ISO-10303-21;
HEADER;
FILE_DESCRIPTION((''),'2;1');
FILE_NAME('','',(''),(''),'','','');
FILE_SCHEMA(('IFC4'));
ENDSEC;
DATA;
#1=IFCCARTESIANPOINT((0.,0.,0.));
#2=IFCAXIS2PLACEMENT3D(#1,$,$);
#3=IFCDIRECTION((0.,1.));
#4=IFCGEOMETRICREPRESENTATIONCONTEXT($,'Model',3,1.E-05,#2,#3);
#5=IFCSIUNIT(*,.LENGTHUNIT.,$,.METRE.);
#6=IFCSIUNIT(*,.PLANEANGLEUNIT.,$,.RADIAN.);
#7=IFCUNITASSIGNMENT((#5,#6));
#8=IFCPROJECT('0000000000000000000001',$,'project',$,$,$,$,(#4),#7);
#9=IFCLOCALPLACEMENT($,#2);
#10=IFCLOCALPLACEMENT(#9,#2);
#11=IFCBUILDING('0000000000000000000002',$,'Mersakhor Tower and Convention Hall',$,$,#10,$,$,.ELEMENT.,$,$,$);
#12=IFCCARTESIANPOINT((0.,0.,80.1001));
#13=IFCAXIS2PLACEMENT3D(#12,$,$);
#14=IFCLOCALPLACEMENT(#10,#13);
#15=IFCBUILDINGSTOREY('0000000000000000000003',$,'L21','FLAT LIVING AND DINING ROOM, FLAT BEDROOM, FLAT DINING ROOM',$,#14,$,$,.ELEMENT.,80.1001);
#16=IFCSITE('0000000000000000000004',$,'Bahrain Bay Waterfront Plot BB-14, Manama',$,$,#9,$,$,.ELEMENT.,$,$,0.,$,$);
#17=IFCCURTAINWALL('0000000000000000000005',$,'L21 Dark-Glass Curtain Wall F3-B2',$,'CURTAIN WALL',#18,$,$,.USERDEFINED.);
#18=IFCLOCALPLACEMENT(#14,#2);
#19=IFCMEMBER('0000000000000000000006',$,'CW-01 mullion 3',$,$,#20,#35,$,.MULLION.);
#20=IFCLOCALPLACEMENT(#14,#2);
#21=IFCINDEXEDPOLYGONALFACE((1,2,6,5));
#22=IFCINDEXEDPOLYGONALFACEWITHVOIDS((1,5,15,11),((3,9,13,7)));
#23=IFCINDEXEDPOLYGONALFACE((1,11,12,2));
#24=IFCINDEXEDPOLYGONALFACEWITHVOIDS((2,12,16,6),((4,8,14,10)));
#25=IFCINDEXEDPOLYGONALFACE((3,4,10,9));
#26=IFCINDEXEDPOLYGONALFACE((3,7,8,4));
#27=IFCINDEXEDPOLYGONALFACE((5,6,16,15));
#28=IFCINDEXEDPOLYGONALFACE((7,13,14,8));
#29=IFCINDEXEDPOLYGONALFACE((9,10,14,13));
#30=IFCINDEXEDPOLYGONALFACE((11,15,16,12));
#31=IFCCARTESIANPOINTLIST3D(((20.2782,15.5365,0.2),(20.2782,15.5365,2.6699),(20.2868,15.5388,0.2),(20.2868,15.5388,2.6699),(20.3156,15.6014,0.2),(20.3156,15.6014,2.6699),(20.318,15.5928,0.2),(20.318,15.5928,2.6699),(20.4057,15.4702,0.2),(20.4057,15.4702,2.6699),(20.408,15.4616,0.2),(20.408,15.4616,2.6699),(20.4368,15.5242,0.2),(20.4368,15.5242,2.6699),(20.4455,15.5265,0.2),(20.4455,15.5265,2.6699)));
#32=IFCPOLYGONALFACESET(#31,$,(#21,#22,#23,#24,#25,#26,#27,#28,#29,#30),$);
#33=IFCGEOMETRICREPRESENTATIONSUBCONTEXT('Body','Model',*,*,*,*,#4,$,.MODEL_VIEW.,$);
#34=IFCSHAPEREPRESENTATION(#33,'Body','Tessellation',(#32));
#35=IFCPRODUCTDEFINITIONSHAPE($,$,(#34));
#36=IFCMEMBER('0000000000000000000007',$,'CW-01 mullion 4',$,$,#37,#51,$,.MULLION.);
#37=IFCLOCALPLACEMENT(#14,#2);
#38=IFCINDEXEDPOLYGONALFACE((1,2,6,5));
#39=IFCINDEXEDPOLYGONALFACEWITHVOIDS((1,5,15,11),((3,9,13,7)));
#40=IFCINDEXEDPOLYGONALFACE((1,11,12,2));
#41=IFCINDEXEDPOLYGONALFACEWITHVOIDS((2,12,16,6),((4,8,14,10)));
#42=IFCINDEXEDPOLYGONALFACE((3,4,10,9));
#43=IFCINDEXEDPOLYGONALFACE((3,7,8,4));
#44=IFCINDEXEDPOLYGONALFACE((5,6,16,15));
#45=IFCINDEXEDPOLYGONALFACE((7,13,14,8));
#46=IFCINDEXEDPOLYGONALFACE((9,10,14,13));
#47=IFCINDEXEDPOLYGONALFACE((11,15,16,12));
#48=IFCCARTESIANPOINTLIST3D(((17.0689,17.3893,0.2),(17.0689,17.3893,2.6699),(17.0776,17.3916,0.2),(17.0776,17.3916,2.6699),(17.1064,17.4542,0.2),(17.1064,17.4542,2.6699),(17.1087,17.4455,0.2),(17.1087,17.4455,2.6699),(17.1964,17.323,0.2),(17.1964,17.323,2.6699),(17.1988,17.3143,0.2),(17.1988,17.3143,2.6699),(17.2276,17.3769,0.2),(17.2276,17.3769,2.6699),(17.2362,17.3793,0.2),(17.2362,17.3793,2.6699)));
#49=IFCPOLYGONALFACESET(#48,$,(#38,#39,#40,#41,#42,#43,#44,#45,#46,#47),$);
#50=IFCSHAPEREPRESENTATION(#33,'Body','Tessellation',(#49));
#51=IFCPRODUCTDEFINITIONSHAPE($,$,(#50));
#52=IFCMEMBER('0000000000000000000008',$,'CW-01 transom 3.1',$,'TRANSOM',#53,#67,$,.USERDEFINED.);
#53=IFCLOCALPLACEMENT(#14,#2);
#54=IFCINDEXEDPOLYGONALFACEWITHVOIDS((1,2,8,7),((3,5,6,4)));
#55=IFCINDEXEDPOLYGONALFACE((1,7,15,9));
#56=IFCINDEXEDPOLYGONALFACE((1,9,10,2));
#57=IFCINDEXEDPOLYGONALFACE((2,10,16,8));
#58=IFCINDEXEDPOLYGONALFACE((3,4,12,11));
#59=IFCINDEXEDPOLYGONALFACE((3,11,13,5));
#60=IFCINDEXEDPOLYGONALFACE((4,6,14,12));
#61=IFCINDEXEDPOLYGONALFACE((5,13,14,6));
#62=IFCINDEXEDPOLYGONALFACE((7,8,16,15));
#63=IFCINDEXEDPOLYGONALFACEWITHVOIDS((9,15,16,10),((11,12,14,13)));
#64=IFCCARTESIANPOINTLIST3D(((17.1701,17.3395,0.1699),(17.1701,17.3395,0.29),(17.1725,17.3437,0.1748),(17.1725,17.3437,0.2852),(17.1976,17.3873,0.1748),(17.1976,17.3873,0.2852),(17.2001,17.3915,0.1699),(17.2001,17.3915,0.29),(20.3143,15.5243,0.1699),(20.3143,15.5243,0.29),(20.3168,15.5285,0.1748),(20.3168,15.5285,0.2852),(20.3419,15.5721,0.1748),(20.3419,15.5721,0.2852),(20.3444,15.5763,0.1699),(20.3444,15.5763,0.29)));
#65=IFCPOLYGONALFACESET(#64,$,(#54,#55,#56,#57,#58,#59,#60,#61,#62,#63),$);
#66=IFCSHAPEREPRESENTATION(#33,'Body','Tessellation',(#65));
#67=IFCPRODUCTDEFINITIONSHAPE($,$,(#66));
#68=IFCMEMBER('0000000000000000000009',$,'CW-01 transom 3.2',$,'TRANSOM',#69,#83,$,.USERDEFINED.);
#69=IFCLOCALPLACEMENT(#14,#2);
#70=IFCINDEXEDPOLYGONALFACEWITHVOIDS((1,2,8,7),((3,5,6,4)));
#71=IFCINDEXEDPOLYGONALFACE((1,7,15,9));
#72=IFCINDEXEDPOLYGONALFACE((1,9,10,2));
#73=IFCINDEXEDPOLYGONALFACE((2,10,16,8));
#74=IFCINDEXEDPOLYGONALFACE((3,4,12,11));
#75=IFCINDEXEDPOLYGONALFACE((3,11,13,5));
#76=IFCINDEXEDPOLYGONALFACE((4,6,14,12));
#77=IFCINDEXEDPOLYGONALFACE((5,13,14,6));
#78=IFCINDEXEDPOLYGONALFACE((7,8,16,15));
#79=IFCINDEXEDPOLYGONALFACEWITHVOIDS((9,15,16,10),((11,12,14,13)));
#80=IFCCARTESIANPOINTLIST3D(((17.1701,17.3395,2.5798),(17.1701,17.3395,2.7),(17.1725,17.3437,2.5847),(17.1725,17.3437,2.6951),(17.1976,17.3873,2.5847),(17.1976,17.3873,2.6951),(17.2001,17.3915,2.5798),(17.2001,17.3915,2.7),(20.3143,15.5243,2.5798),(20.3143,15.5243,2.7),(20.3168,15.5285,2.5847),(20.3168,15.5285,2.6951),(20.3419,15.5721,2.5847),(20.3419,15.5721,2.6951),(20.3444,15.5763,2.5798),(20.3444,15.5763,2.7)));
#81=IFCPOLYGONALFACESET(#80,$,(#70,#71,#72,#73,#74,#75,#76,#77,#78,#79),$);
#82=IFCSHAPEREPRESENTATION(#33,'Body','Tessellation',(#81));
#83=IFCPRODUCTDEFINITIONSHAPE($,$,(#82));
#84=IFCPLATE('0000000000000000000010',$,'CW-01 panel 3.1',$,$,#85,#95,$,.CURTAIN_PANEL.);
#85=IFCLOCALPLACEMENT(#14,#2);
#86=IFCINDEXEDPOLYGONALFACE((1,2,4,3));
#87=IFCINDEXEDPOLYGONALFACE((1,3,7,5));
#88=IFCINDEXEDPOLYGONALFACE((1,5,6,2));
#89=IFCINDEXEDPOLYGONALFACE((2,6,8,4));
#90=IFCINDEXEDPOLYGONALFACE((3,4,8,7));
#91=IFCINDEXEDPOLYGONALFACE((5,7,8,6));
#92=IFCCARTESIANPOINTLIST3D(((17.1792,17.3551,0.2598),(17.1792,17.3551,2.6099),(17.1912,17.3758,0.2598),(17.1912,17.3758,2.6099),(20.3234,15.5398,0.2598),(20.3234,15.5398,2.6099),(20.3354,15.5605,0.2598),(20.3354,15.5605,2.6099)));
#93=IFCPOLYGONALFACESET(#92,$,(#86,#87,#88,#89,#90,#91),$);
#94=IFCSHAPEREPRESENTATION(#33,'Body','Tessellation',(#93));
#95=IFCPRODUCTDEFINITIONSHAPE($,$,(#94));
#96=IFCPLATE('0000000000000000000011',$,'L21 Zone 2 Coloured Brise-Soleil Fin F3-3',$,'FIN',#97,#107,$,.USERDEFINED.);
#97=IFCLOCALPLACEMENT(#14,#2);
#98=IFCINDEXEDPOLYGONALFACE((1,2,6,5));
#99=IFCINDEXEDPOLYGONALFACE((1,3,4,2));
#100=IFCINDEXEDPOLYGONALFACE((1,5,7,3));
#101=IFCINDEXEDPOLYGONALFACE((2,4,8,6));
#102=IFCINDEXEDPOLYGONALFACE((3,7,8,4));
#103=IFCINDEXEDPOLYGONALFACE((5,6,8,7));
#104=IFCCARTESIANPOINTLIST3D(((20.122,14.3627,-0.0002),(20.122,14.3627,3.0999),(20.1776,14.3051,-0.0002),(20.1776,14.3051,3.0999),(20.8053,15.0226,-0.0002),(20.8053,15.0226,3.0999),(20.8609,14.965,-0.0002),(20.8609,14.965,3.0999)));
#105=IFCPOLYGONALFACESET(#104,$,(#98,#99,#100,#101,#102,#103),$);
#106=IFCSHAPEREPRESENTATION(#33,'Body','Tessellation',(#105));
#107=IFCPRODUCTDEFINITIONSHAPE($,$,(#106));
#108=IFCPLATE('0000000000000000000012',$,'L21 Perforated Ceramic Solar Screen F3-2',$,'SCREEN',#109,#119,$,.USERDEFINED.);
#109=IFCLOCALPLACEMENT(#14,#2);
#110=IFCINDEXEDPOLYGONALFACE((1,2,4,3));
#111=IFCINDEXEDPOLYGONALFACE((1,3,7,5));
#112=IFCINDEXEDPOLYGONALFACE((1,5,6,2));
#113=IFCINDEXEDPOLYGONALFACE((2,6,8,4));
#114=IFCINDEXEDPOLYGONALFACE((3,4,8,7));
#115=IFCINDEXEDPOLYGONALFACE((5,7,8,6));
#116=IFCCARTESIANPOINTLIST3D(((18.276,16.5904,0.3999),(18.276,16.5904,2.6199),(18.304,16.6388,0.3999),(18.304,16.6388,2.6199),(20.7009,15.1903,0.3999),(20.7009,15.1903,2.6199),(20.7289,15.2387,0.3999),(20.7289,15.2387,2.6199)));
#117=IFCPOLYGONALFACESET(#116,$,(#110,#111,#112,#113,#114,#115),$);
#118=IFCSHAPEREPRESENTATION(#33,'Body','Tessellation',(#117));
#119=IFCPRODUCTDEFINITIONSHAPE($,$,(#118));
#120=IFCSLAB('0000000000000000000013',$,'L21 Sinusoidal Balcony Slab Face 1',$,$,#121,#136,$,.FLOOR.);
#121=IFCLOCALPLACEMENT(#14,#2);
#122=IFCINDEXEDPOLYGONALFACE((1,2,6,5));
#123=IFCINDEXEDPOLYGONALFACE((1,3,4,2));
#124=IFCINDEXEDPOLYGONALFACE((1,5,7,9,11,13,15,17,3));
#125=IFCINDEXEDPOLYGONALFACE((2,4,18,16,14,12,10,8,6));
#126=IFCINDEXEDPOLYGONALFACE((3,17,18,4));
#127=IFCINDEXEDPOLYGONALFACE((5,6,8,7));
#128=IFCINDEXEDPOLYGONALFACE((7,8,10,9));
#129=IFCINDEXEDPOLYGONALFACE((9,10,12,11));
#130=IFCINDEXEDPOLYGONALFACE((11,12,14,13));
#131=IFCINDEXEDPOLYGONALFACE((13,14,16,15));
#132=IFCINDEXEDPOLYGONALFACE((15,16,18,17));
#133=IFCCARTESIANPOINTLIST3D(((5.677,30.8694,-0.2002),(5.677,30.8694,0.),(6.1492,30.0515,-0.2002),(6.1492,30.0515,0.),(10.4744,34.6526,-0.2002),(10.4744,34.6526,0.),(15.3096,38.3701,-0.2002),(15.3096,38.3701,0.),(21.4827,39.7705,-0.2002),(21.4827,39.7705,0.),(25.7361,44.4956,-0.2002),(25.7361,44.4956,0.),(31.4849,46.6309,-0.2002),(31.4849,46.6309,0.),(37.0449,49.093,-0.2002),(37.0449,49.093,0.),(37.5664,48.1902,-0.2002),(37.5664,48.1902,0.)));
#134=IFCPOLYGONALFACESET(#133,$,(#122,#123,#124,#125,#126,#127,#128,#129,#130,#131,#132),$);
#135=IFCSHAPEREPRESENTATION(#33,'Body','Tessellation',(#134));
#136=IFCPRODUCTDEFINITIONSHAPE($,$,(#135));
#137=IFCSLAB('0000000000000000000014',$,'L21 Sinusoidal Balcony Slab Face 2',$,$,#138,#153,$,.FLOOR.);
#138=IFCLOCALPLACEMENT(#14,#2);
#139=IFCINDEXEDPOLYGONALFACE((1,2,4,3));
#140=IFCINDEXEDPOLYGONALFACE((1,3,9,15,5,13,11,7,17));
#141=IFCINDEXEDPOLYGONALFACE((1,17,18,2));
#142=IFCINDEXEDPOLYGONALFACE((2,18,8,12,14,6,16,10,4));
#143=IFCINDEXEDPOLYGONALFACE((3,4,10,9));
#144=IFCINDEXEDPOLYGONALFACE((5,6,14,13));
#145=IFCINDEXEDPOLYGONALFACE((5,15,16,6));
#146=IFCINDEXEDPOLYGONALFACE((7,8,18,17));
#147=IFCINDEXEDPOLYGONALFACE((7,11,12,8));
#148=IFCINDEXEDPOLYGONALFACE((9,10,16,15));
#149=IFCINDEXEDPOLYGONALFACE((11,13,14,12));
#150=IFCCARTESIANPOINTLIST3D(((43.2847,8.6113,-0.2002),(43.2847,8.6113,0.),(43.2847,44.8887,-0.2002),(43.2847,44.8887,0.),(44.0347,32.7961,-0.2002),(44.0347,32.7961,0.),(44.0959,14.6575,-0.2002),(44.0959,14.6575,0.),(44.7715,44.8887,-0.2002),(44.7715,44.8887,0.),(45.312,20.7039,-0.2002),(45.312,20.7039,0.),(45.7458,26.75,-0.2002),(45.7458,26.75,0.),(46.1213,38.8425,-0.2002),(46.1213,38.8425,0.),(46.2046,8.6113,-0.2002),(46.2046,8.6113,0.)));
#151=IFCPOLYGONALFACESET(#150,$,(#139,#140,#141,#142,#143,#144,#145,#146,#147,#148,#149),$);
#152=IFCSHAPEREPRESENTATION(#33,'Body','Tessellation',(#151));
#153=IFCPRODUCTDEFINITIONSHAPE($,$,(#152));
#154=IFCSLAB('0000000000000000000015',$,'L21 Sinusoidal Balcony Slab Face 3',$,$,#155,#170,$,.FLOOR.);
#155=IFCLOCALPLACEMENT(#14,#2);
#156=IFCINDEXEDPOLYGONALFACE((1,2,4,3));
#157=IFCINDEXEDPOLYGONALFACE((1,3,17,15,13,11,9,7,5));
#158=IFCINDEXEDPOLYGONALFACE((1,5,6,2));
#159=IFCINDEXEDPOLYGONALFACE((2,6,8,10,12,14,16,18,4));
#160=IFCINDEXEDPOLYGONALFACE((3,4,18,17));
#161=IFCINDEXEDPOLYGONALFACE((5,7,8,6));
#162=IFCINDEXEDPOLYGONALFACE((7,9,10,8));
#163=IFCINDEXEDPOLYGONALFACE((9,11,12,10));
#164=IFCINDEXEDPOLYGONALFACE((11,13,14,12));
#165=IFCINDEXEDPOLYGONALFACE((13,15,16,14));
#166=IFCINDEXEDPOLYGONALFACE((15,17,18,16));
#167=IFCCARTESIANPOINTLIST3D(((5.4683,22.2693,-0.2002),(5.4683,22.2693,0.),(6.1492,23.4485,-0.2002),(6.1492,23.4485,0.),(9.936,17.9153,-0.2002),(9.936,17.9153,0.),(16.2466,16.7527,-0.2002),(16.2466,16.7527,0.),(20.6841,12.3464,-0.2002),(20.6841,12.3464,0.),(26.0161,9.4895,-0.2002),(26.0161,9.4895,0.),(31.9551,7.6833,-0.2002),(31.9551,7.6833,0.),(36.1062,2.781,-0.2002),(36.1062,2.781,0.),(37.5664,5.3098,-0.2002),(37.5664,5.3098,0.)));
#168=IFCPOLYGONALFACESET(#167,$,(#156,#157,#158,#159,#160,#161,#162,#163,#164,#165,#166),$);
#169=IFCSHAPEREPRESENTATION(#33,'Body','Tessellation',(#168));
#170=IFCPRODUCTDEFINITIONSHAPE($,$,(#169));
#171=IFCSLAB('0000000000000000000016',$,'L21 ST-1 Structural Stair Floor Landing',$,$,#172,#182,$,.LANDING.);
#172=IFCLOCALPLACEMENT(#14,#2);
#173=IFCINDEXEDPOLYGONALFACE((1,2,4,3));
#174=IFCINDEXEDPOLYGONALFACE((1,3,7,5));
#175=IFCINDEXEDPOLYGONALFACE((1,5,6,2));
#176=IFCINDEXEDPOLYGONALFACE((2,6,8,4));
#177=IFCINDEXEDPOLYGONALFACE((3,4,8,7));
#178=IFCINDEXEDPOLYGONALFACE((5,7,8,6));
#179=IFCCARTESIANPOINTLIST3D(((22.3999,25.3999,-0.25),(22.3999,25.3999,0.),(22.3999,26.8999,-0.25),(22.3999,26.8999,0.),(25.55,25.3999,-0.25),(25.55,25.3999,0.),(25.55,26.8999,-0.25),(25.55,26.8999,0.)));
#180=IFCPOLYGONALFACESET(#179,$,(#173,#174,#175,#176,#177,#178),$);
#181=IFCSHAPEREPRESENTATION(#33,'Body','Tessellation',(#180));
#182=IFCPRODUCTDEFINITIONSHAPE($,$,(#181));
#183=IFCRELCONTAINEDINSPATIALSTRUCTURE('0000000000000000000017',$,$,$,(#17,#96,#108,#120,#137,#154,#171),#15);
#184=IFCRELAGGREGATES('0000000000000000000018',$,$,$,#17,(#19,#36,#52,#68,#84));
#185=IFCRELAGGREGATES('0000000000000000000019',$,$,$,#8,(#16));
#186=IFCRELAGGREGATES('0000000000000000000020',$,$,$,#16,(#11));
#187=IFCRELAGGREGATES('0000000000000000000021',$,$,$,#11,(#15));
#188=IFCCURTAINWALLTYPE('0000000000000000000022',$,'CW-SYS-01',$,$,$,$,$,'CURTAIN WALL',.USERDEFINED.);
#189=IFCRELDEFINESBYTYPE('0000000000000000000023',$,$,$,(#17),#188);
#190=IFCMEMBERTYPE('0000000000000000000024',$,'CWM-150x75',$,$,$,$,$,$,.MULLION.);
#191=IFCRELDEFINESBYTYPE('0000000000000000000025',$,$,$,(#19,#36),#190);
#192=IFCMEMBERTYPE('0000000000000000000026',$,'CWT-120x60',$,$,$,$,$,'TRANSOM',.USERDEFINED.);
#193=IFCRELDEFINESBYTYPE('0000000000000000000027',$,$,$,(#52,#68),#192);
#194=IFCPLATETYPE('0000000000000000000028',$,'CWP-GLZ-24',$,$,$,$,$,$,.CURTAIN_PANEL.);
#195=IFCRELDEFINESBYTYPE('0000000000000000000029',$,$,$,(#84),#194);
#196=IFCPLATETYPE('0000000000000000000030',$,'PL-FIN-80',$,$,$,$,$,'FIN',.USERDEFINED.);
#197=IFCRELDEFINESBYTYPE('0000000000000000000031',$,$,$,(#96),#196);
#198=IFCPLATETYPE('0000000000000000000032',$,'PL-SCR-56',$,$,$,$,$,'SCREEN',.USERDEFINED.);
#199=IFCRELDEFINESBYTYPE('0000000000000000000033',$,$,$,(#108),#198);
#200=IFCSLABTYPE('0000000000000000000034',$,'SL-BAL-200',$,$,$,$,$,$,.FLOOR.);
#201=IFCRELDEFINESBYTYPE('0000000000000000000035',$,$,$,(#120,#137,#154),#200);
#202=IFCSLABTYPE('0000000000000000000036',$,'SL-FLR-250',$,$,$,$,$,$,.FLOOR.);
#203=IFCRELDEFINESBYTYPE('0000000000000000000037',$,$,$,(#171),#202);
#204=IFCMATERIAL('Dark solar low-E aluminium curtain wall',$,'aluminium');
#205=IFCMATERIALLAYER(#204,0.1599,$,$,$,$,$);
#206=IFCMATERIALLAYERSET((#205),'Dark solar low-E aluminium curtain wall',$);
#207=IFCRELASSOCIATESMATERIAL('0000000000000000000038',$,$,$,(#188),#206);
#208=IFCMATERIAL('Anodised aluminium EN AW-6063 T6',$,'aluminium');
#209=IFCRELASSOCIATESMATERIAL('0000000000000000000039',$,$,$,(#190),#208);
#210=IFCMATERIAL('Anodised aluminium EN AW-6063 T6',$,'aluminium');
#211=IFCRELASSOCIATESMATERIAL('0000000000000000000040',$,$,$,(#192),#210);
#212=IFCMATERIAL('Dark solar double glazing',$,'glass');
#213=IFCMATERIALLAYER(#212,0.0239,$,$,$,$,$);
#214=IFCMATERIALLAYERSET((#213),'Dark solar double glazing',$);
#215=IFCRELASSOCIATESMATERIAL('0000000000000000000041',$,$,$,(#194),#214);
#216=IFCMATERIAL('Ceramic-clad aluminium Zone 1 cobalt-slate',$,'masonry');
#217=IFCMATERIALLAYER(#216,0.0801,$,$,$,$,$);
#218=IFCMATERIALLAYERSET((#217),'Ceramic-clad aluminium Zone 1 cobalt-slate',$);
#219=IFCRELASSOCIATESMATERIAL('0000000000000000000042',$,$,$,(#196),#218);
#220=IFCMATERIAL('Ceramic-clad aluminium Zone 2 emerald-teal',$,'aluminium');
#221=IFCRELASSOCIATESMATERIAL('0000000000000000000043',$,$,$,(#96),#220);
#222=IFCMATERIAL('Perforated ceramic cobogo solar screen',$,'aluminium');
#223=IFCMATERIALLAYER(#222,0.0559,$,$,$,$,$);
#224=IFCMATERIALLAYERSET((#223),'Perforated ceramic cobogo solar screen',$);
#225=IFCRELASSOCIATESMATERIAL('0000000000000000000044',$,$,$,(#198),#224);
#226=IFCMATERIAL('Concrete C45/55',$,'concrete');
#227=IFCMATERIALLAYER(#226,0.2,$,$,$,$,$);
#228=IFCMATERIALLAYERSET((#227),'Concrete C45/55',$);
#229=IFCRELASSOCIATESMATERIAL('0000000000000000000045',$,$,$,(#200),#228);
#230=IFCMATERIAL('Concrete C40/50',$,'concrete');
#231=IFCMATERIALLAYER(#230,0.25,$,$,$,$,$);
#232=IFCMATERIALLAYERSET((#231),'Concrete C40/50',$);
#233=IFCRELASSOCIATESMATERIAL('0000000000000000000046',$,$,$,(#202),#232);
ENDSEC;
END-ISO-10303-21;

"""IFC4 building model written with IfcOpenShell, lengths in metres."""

from ifc_helpers import new_model, si_unit, direction, frame, origin, origin_2d, place, context, subcontext, project, spatial, polyline, rectangle, hollow_rectangle, outline, extrude, material, layer, layer_set, material_profile, profile_set, type_object, element, aggregate, save


model = new_model("IFC4")

# Units and contexts
model_context = context("Model", 3, precision=1e-05, world=origin(), true_north=direction((0.0, 1.0)))
body_context = subcontext(model_context, "Body", "Model", "MODEL_VIEW")
ifc_project = project(units=[si_unit("LENGTHUNIT", "METRE"), si_unit("PLANEANGLEUNIT", "RADIAN")], contexts=[model_context])

# Site, building, storey
site_placement = place(None, origin())
site = spatial("IfcSite", under=ifc_project, at=site_placement, Name="Bahrain Bay Waterfront Plot BB-14, Manama", CompositionType="ELEMENT", RefElevation=0.0)
building_placement = place(site_placement, origin())
building = spatial("IfcBuilding", under=site, at=building_placement, Name="Mersakhor Tower and Convention Hall", CompositionType="ELEMENT")
storey_placement = place(building_placement, frame((0.0, 0.0, 80.1001)))
storey = spatial("IfcBuildingStorey", under=building, at=storey_placement, Name="L21", Description="FLAT LIVING AND DINING ROOM, FLAT BEDROOM, FLAT DINING ROOM", CompositionType="ELEMENT", Elevation=80.1001)

# Curtain wall, members, plate
ifc_material_1 = material(Name="Dark solar low-E aluminium curtain wall", Category="aluminium")
ifc_layer_1 = layer(ifc_material_1, 0.1599)
ifc_layer_set_1 = layer_set([ifc_layer_1], Name="Dark solar low-E aluminium curtain wall")
curtain_wall_type = type_object("IfcCurtainWallType", Name="CW-SYS-01", ElementType="CURTAIN WALL", PredefinedType="USERDEFINED", material=ifc_layer_set_1)
curtain_wall_placement = place(storey_placement, origin())
curtain_wall = element("IfcCurtainWall", 1, at=curtain_wall_placement, inside=storey, type_object=curtain_wall_type, Name="L21 Dark-Glass Curtain Wall F3-B2", ObjectType="CURTAIN WALL", PredefinedType="USERDEFINED")
ifc_material_2 = material(Name="Anodised aluminium EN AW-6063 T6", Category="aluminium")
ifc_material_profile_1 = material_profile(ifc_material_2, hollow_rectangle(XDim=0.075, YDim=0.1499, WallThickness=0.0063, at=origin_2d()), Name="RHS 150x75x6.3")
ifc_profile_set_1 = profile_set([ifc_material_profile_1], Name="Anodised aluminium EN AW-6063 T6")
member_type_1 = type_object("IfcMemberType", Name="CWM-150x75", PredefinedType="MULLION", material=ifc_profile_set_1)
member_1_placement = place(storey_placement, frame((20.3618, 15.5315, 0.2), z_axis=(0.0, 0.0, 1.0), x_axis=(-0.499998, -0.866027, 0.0)))
member_1 = element("IfcMember", 2, at=member_1_placement, type_object=member_type_1, Name="CW-01 mullion 3", PredefinedType="MULLION", context=body_context, shape_type="SweptSolid", body=[
    extrude(hollow_rectangle(XDim=0.075, YDim=0.1499, WallThickness=0.0063, at=origin_2d()), origin(), (0.0, 0.0, 1.0), 2.47),
])
member_2_placement = place(storey_placement, frame((17.1526, 17.3843, 0.2), z_axis=(0.0, 0.0, 1.0), x_axis=(-0.499998, -0.866027, 0.0)))
member_2 = element("IfcMember", 3, at=member_2_placement, type_object=member_type_1, Name="CW-01 mullion 4", PredefinedType="MULLION", context=body_context, shape_type="SweptSolid", body=[
    extrude(hollow_rectangle(XDim=0.075, YDim=0.1499, WallThickness=0.0063, at=origin_2d()), origin(), (0.0, 0.0, 1.0), 2.47),
])
ifc_material_3 = material(Name="Anodised aluminium EN AW-6063 T6", Category="aluminium")
ifc_material_profile_2 = material_profile(ifc_material_3, hollow_rectangle(XDim=0.0601, YDim=0.1201, WallThickness=0.0049, at=origin_2d()), Name="RHS 120x60x5")
ifc_profile_set_2 = profile_set([ifc_material_profile_2], Name="Anodised aluminium EN AW-6063 T6")
member_type_2 = type_object("IfcMemberType", Name="CWT-120x60", ElementType="TRANSOM", PredefinedType="USERDEFINED", material=ifc_profile_set_2)
member_3_placement = place(storey_placement, frame((20.3293, 15.5503, 0.23), z_axis=(-0.866046, 0.499965, 0.0), x_axis=(-0.499965, -0.866046, 0.0)))
member_3 = element("IfcMember", 4, at=member_3_placement, type_object=member_type_2, Name="CW-01 transom 3.1", ObjectType="TRANSOM", PredefinedType="USERDEFINED", context=body_context, shape_type="SweptSolid", body=[
    extrude(hollow_rectangle(XDim=0.0601, YDim=0.1201, WallThickness=0.0049, at=origin_2d()), origin(), (0.0, 0.0, 1.0), 3.6306),
])
member_4_placement = place(storey_placement, frame((20.3293, 15.5503, 2.6399), z_axis=(-0.866046, 0.499965, 0.0), x_axis=(-0.499965, -0.866046, 0.0)))
member_4 = element("IfcMember", 5, at=member_4_placement, type_object=member_type_2, Name="CW-01 transom 3.2", ObjectType="TRANSOM", PredefinedType="USERDEFINED", context=body_context, shape_type="SweptSolid", body=[
    extrude(hollow_rectangle(XDim=0.0601, YDim=0.1201, WallThickness=0.0049, at=origin_2d()), origin(), (0.0, 0.0, 1.0), 3.6306),
])
ifc_material_4 = material(Name="Dark solar double glazing", Category="glass")
ifc_layer_2 = layer(ifc_material_4, 0.0239)
ifc_layer_set_2 = layer_set([ifc_layer_2], Name="Dark solar double glazing")
plate_type_1 = type_object("IfcPlateType", Name="CWP-GLZ-24", PredefinedType="CURTAIN_PANEL", material=ifc_layer_set_2)
plate_1_placement = place(storey_placement, frame((18.7573, 16.4578, 0.2598), z_axis=(0.0, 0.0, 1.0), x_axis=(-0.866027, 0.499998, 0.0)))
plate_1 = element("IfcPlate", 6, at=plate_1_placement, type_object=plate_type_1, Name="CW-01 panel 3.1", PredefinedType="CURTAIN_PANEL", context=body_context, shape_type="SweptSolid", body=[
    extrude(rectangle(XDim=3.6306, YDim=0.0239, at=origin_2d()), origin(), (0.0, 0.0, 1.0), 2.3501),
])
aggregate(curtain_wall, [member_1, member_2, member_3, member_4, plate_1])

# Plates
ifc_material_5 = material(Name="Ceramic-clad aluminium Zone 2 emerald-teal", Category="aluminium")
ifc_material_6 = material(Name="Ceramic-clad aluminium Zone 1 cobalt-slate", Category="masonry")
ifc_layer_3 = layer(ifc_material_6, 0.0801)
ifc_layer_set_3 = layer_set([ifc_layer_3], Name="Ceramic-clad aluminium Zone 1 cobalt-slate")
plate_type_2 = type_object("IfcPlateType", Name="PL-FIN-80", ElementType="FIN", PredefinedType="USERDEFINED", material=ifc_layer_set_3)
plate_2_placement = place(storey_placement, frame((20.4915, 14.6638, -0.0002), z_axis=(0.0, 0.0, 1.0), x_axis=(-0.71934, -0.694658, 0.0)))
element("IfcPlate", 7, at=plate_2_placement, inside=storey, type_object=plate_type_2, material=ifc_material_5, Name="L21 Zone 2 Coloured Brise-Soleil Fin F3-3", ObjectType="FIN", PredefinedType="USERDEFINED", context=body_context, shape_type="SweptSolid", body=[
    extrude(rectangle(XDim=0.95, YDim=0.0801, at=origin_2d()), origin(), (0.0, 0.0, 1.0), 3.1001),
])
ifc_material_7 = material(Name="Perforated ceramic cobogo solar screen", Category="aluminium")
ifc_layer_4 = layer(ifc_material_7, 0.0559)
ifc_layer_set_4 = layer_set([ifc_layer_4], Name="Perforated ceramic cobogo solar screen")
plate_type_3 = type_object("IfcPlateType", Name="PL-SCR-56", ElementType="SCREEN", PredefinedType="USERDEFINED", material=ifc_layer_set_4)
plate_3_placement = place(storey_placement, frame((19.5024, 15.9146, 0.3999), z_axis=(0.0, 0.0, 1.0), x_axis=(-0.866025, 0.5, 0.0)))
element("IfcPlate", 8, at=plate_3_placement, inside=storey, type_object=plate_type_3, Name="L21 Perforated Ceramic Solar Screen F3-2", ObjectType="SCREEN", PredefinedType="USERDEFINED", context=body_context, shape_type="SweptSolid", body=[
    extrude(rectangle(XDim=2.8, YDim=0.0559, at=origin_2d()), origin(), (0.0, 0.0, 1.0), 2.22),
])

# Slabs
ifc_material_8 = material(Name="Concrete C45/55", Category="concrete")
ifc_layer_5 = layer(ifc_material_8, 0.2)
ifc_layer_set_5 = layer_set([ifc_layer_5], Name="Concrete C45/55")
slab_type_1 = type_object("IfcSlabType", Name="SL-BAL-200", PredefinedType="FLOOR", material=ifc_layer_set_5)
slab_1_placement = place(storey_placement, frame((0.0, 0.0, -0.2002)))
element("IfcSlab", 9, at=slab_1_placement, inside=storey, type_object=slab_type_1, Name="L21 Sinusoidal Balcony Slab Face 1", PredefinedType="FLOOR", context=body_context, shape_type="SweptSolid", body=[
    extrude(outline(polyline([(6.1492, 30.0515), (37.5664, 48.1902), (37.0449, 49.093), (31.4849, 46.6309), (25.7361, 44.4956), (21.4827, 39.7705), (15.3096, 38.3701), (10.4744, 34.6526), (5.677, 30.8694), (6.1492, 30.0515)])), origin(), (0.0, 0.0, 1.0), 0.2002),
])
slab_2_placement = place(storey_placement, frame((0.0, 0.0, -0.2002)))
element("IfcSlab", 10, at=slab_2_placement, inside=storey, type_object=slab_type_1, Name="L21 Sinusoidal Balcony Slab Face 2", PredefinedType="FLOOR", context=body_context, shape_type="SweptSolid", body=[
    extrude(outline(polyline([(43.2847, 44.8887), (43.2847, 8.6113), (46.2046, 8.6113), (44.0959, 14.6575), (45.312, 20.7039), (45.7458, 26.75), (44.0347, 32.7961), (46.1213, 38.8425), (44.7715, 44.8887), (43.2847, 44.8887)])), origin(), (0.0, 0.0, 1.0), 0.2002),
])
slab_3_placement = place(storey_placement, frame((0.0, 0.0, -0.2002)))
element("IfcSlab", 11, at=slab_3_placement, inside=storey, type_object=slab_type_1, Name="L21 Sinusoidal Balcony Slab Face 3", PredefinedType="FLOOR", context=body_context, shape_type="SweptSolid", body=[
    extrude(outline(polyline([(37.5664, 5.3098), (6.1492, 23.4485), (5.4683, 22.2693), (9.936, 17.9153), (16.2466, 16.7527), (20.6841, 12.3464), (26.0161, 9.4895), (31.9551, 7.6833), (36.1062, 2.781), (37.5664, 5.3098)])), origin(), (0.0, 0.0, 1.0), 0.2002),
])
ifc_material_9 = material(Name="Concrete C40/50", Category="concrete")
ifc_layer_6 = layer(ifc_material_9, 0.25)
ifc_layer_set_6 = layer_set([ifc_layer_6], Name="Concrete C40/50")
slab_type_2 = type_object("IfcSlabType", Name="SL-FLR-250", PredefinedType="FLOOR", material=ifc_layer_set_6)
slab_4_placement = place(storey_placement, frame((0.0, 0.0, -0.25)))
element("IfcSlab", 12, at=slab_4_placement, inside=storey, type_object=slab_type_2, Name="L21 ST-1 Structural Stair Floor Landing", PredefinedType="LANDING", context=body_context, shape_type="SweptSolid", body=[
    extrude(outline(polyline([(25.55, 25.3999), (25.55, 26.8999), (22.3999, 26.8999), (22.3999, 25.3999), (25.55, 25.3999)])), origin(), (0.0, 0.0, 1.0), 0.25),
])

save(model, "model.ifc")
